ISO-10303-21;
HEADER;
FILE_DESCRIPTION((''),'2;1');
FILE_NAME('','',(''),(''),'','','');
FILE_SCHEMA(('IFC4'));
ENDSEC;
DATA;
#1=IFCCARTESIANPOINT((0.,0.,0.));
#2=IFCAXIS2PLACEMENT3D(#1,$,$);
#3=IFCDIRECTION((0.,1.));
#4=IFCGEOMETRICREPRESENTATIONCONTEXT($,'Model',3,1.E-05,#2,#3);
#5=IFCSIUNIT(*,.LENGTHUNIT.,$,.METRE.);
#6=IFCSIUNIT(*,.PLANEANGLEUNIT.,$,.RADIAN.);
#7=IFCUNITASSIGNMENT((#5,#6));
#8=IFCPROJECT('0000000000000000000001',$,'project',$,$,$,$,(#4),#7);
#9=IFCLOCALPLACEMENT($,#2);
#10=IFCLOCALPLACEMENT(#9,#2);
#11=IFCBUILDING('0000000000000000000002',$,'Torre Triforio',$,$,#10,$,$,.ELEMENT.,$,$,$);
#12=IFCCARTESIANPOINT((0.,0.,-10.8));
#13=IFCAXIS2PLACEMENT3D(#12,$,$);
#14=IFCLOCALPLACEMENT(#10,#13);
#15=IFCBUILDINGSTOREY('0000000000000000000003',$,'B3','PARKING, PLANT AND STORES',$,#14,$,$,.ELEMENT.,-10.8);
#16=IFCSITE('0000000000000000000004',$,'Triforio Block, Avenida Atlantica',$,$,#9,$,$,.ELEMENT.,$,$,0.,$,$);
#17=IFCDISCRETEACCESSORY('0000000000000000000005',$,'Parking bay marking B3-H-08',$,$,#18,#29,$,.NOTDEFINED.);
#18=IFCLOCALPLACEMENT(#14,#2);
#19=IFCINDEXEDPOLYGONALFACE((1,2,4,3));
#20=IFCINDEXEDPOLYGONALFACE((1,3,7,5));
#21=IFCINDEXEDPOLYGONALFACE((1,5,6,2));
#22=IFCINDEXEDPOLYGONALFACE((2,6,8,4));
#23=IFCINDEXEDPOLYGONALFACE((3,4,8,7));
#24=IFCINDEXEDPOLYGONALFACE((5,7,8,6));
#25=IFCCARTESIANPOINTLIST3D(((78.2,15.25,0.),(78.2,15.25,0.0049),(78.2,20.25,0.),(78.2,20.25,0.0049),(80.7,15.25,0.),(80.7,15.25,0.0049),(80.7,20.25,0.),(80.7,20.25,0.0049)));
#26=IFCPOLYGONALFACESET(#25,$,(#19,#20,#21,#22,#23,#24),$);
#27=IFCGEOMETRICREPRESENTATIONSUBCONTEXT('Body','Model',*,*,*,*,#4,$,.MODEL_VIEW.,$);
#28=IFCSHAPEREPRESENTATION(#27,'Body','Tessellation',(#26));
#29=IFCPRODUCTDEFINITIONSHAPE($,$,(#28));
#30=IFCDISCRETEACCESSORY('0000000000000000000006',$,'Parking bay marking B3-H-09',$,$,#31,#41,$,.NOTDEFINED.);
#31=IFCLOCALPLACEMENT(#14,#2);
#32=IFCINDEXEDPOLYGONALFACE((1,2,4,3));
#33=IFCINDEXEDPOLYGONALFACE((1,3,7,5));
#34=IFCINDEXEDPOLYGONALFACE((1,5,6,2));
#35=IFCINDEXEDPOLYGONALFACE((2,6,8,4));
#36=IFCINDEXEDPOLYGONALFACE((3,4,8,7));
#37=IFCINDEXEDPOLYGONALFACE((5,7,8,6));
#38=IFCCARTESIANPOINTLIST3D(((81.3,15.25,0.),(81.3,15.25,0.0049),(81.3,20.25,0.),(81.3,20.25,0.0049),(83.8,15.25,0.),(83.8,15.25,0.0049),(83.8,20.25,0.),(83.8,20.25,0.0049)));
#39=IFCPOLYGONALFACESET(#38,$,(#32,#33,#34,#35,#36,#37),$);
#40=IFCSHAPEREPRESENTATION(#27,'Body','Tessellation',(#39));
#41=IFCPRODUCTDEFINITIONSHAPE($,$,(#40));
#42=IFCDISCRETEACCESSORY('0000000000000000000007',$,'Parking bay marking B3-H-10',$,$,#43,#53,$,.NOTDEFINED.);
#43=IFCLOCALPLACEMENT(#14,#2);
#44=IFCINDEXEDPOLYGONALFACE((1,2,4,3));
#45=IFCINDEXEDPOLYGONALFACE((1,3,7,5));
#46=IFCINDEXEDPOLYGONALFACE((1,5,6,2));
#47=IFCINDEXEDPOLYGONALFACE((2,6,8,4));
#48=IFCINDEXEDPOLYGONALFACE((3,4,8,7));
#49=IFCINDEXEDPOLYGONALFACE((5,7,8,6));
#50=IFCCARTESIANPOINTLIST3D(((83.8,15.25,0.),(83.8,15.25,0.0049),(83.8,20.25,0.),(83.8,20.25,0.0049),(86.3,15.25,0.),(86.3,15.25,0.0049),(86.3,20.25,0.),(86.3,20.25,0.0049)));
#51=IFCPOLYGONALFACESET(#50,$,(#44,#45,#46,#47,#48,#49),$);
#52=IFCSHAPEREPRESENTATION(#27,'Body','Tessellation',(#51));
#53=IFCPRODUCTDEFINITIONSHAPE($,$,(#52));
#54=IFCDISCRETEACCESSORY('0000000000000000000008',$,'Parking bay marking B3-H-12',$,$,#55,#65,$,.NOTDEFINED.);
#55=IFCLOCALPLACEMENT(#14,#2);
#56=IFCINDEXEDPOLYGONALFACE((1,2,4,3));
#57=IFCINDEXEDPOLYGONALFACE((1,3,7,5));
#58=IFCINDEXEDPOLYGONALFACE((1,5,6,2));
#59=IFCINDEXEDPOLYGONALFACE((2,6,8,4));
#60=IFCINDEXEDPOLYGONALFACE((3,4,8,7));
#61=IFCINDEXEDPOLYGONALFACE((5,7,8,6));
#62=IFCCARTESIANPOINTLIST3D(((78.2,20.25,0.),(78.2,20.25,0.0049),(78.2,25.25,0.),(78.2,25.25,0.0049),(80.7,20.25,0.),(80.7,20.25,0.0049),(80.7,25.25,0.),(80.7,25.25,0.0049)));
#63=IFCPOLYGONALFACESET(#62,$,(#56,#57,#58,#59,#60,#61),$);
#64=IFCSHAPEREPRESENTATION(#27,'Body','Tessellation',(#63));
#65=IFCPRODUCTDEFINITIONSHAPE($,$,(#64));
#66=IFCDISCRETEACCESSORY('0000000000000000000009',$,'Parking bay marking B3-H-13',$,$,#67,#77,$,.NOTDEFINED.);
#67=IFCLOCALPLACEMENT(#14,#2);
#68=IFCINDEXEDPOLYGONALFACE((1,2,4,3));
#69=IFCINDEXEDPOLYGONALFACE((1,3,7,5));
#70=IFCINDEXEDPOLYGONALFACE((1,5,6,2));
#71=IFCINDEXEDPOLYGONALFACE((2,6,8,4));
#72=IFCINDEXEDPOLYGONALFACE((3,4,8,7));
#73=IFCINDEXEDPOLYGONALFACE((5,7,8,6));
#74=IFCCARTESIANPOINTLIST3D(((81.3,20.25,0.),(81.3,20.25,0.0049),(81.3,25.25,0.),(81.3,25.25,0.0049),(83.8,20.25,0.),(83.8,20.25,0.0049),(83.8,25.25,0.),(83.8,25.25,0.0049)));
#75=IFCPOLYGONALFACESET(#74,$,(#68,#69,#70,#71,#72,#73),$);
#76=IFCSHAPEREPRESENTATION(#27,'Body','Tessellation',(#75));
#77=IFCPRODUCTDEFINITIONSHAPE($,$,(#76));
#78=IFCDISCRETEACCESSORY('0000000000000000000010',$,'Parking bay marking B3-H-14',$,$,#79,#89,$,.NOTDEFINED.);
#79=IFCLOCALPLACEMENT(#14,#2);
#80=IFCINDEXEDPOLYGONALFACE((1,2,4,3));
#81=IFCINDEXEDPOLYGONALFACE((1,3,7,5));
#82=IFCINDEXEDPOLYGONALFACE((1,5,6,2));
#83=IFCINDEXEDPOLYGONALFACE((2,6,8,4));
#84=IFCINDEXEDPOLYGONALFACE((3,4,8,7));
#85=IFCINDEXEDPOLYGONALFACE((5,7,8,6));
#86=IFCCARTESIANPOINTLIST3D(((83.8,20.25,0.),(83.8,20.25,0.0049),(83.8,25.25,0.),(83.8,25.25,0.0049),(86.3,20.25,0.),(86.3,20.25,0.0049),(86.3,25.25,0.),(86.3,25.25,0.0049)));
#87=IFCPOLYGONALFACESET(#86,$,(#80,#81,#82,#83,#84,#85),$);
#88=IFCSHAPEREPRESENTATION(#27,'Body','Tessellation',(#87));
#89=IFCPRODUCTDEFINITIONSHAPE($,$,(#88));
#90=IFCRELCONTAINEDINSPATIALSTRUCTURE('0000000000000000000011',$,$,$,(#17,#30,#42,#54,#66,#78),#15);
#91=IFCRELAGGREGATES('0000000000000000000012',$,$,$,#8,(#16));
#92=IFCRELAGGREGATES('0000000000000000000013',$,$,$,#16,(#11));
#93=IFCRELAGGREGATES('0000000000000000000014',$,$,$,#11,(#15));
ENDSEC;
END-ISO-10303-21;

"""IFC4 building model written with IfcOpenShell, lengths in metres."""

from ifc_helpers import new_model, si_unit, direction, frame, origin, origin_2d, place, context, subcontext, project, spatial, rectangle, extrude, element, save


model = new_model("IFC4")

# Units and contexts
model_context = context("Model", 3, precision=1e-05, world=origin(), true_north=direction((0.0, 1.0)))
body_context = subcontext(model_context, "Body", "Model", "MODEL_VIEW")
ifc_project = project(units=[si_unit("LENGTHUNIT", "METRE"), si_unit("PLANEANGLEUNIT", "RADIAN")], contexts=[model_context])

# Site, building, storey
site_placement = place(None, origin())
site = spatial("IfcSite", under=ifc_project, at=site_placement, Name="Triforio Block, Avenida Atlantica", CompositionType="ELEMENT", RefElevation=0.0)
building_placement = place(site_placement, origin())
building = spatial("IfcBuilding", under=site, at=building_placement, Name="Torre Triforio", CompositionType="ELEMENT")
storey_placement = place(building_placement, frame((0.0, 0.0, -10.8)))
storey = spatial("IfcBuildingStorey", under=building, at=storey_placement, Name="B3", Description="PARKING, PLANT AND STORES", CompositionType="ELEMENT", Elevation=-10.8)

# Discrete accessories
for number, where, z_axis, x_axis, name in (
    (1, (79.45, 17.75, 0.0), (0.0, 0.0, 1.0), (1.0, 0.0, 0.0), "Parking bay marking B3-H-08"),
    (2, (82.55, 17.75, 0.0), (0.0, 0.0, 1.0), (1.0, 0.0, 0.0), "Parking bay marking B3-H-09"),
    (3, (85.05, 17.75, 0.0), (0.0, 0.0, 1.0), (1.0, 0.0, 0.0), "Parking bay marking B3-H-10"),
    (4, (79.45, 22.75, 0.0), (0.0, 0.0, 1.0), (1.0, 0.0, 0.0), "Parking bay marking B3-H-12"),
    (5, (82.55, 22.75, 0.0), (0.0, 0.0, 1.0), (1.0, 0.0, 0.0), "Parking bay marking B3-H-13"),
    (6, (85.05, 22.75, 0.0), (0.0, 0.0, 1.0), (1.0, 0.0, 0.0), "Parking bay marking B3-H-14"),
):
    element("IfcDiscreteAccessory", number, at=place(storey_placement, frame(where, z_axis=z_axis, x_axis=x_axis)), inside=storey, Name=name, PredefinedType="NOTDEFINED", context=body_context, shape_type="SweptSolid", body=[
        extrude(rectangle(XDim=2.5, YDim=5.0, at=origin_2d()), origin(), (0.0, 0.0, 1.0), 0.0049),
    ])

save(model, "model.ifc")
